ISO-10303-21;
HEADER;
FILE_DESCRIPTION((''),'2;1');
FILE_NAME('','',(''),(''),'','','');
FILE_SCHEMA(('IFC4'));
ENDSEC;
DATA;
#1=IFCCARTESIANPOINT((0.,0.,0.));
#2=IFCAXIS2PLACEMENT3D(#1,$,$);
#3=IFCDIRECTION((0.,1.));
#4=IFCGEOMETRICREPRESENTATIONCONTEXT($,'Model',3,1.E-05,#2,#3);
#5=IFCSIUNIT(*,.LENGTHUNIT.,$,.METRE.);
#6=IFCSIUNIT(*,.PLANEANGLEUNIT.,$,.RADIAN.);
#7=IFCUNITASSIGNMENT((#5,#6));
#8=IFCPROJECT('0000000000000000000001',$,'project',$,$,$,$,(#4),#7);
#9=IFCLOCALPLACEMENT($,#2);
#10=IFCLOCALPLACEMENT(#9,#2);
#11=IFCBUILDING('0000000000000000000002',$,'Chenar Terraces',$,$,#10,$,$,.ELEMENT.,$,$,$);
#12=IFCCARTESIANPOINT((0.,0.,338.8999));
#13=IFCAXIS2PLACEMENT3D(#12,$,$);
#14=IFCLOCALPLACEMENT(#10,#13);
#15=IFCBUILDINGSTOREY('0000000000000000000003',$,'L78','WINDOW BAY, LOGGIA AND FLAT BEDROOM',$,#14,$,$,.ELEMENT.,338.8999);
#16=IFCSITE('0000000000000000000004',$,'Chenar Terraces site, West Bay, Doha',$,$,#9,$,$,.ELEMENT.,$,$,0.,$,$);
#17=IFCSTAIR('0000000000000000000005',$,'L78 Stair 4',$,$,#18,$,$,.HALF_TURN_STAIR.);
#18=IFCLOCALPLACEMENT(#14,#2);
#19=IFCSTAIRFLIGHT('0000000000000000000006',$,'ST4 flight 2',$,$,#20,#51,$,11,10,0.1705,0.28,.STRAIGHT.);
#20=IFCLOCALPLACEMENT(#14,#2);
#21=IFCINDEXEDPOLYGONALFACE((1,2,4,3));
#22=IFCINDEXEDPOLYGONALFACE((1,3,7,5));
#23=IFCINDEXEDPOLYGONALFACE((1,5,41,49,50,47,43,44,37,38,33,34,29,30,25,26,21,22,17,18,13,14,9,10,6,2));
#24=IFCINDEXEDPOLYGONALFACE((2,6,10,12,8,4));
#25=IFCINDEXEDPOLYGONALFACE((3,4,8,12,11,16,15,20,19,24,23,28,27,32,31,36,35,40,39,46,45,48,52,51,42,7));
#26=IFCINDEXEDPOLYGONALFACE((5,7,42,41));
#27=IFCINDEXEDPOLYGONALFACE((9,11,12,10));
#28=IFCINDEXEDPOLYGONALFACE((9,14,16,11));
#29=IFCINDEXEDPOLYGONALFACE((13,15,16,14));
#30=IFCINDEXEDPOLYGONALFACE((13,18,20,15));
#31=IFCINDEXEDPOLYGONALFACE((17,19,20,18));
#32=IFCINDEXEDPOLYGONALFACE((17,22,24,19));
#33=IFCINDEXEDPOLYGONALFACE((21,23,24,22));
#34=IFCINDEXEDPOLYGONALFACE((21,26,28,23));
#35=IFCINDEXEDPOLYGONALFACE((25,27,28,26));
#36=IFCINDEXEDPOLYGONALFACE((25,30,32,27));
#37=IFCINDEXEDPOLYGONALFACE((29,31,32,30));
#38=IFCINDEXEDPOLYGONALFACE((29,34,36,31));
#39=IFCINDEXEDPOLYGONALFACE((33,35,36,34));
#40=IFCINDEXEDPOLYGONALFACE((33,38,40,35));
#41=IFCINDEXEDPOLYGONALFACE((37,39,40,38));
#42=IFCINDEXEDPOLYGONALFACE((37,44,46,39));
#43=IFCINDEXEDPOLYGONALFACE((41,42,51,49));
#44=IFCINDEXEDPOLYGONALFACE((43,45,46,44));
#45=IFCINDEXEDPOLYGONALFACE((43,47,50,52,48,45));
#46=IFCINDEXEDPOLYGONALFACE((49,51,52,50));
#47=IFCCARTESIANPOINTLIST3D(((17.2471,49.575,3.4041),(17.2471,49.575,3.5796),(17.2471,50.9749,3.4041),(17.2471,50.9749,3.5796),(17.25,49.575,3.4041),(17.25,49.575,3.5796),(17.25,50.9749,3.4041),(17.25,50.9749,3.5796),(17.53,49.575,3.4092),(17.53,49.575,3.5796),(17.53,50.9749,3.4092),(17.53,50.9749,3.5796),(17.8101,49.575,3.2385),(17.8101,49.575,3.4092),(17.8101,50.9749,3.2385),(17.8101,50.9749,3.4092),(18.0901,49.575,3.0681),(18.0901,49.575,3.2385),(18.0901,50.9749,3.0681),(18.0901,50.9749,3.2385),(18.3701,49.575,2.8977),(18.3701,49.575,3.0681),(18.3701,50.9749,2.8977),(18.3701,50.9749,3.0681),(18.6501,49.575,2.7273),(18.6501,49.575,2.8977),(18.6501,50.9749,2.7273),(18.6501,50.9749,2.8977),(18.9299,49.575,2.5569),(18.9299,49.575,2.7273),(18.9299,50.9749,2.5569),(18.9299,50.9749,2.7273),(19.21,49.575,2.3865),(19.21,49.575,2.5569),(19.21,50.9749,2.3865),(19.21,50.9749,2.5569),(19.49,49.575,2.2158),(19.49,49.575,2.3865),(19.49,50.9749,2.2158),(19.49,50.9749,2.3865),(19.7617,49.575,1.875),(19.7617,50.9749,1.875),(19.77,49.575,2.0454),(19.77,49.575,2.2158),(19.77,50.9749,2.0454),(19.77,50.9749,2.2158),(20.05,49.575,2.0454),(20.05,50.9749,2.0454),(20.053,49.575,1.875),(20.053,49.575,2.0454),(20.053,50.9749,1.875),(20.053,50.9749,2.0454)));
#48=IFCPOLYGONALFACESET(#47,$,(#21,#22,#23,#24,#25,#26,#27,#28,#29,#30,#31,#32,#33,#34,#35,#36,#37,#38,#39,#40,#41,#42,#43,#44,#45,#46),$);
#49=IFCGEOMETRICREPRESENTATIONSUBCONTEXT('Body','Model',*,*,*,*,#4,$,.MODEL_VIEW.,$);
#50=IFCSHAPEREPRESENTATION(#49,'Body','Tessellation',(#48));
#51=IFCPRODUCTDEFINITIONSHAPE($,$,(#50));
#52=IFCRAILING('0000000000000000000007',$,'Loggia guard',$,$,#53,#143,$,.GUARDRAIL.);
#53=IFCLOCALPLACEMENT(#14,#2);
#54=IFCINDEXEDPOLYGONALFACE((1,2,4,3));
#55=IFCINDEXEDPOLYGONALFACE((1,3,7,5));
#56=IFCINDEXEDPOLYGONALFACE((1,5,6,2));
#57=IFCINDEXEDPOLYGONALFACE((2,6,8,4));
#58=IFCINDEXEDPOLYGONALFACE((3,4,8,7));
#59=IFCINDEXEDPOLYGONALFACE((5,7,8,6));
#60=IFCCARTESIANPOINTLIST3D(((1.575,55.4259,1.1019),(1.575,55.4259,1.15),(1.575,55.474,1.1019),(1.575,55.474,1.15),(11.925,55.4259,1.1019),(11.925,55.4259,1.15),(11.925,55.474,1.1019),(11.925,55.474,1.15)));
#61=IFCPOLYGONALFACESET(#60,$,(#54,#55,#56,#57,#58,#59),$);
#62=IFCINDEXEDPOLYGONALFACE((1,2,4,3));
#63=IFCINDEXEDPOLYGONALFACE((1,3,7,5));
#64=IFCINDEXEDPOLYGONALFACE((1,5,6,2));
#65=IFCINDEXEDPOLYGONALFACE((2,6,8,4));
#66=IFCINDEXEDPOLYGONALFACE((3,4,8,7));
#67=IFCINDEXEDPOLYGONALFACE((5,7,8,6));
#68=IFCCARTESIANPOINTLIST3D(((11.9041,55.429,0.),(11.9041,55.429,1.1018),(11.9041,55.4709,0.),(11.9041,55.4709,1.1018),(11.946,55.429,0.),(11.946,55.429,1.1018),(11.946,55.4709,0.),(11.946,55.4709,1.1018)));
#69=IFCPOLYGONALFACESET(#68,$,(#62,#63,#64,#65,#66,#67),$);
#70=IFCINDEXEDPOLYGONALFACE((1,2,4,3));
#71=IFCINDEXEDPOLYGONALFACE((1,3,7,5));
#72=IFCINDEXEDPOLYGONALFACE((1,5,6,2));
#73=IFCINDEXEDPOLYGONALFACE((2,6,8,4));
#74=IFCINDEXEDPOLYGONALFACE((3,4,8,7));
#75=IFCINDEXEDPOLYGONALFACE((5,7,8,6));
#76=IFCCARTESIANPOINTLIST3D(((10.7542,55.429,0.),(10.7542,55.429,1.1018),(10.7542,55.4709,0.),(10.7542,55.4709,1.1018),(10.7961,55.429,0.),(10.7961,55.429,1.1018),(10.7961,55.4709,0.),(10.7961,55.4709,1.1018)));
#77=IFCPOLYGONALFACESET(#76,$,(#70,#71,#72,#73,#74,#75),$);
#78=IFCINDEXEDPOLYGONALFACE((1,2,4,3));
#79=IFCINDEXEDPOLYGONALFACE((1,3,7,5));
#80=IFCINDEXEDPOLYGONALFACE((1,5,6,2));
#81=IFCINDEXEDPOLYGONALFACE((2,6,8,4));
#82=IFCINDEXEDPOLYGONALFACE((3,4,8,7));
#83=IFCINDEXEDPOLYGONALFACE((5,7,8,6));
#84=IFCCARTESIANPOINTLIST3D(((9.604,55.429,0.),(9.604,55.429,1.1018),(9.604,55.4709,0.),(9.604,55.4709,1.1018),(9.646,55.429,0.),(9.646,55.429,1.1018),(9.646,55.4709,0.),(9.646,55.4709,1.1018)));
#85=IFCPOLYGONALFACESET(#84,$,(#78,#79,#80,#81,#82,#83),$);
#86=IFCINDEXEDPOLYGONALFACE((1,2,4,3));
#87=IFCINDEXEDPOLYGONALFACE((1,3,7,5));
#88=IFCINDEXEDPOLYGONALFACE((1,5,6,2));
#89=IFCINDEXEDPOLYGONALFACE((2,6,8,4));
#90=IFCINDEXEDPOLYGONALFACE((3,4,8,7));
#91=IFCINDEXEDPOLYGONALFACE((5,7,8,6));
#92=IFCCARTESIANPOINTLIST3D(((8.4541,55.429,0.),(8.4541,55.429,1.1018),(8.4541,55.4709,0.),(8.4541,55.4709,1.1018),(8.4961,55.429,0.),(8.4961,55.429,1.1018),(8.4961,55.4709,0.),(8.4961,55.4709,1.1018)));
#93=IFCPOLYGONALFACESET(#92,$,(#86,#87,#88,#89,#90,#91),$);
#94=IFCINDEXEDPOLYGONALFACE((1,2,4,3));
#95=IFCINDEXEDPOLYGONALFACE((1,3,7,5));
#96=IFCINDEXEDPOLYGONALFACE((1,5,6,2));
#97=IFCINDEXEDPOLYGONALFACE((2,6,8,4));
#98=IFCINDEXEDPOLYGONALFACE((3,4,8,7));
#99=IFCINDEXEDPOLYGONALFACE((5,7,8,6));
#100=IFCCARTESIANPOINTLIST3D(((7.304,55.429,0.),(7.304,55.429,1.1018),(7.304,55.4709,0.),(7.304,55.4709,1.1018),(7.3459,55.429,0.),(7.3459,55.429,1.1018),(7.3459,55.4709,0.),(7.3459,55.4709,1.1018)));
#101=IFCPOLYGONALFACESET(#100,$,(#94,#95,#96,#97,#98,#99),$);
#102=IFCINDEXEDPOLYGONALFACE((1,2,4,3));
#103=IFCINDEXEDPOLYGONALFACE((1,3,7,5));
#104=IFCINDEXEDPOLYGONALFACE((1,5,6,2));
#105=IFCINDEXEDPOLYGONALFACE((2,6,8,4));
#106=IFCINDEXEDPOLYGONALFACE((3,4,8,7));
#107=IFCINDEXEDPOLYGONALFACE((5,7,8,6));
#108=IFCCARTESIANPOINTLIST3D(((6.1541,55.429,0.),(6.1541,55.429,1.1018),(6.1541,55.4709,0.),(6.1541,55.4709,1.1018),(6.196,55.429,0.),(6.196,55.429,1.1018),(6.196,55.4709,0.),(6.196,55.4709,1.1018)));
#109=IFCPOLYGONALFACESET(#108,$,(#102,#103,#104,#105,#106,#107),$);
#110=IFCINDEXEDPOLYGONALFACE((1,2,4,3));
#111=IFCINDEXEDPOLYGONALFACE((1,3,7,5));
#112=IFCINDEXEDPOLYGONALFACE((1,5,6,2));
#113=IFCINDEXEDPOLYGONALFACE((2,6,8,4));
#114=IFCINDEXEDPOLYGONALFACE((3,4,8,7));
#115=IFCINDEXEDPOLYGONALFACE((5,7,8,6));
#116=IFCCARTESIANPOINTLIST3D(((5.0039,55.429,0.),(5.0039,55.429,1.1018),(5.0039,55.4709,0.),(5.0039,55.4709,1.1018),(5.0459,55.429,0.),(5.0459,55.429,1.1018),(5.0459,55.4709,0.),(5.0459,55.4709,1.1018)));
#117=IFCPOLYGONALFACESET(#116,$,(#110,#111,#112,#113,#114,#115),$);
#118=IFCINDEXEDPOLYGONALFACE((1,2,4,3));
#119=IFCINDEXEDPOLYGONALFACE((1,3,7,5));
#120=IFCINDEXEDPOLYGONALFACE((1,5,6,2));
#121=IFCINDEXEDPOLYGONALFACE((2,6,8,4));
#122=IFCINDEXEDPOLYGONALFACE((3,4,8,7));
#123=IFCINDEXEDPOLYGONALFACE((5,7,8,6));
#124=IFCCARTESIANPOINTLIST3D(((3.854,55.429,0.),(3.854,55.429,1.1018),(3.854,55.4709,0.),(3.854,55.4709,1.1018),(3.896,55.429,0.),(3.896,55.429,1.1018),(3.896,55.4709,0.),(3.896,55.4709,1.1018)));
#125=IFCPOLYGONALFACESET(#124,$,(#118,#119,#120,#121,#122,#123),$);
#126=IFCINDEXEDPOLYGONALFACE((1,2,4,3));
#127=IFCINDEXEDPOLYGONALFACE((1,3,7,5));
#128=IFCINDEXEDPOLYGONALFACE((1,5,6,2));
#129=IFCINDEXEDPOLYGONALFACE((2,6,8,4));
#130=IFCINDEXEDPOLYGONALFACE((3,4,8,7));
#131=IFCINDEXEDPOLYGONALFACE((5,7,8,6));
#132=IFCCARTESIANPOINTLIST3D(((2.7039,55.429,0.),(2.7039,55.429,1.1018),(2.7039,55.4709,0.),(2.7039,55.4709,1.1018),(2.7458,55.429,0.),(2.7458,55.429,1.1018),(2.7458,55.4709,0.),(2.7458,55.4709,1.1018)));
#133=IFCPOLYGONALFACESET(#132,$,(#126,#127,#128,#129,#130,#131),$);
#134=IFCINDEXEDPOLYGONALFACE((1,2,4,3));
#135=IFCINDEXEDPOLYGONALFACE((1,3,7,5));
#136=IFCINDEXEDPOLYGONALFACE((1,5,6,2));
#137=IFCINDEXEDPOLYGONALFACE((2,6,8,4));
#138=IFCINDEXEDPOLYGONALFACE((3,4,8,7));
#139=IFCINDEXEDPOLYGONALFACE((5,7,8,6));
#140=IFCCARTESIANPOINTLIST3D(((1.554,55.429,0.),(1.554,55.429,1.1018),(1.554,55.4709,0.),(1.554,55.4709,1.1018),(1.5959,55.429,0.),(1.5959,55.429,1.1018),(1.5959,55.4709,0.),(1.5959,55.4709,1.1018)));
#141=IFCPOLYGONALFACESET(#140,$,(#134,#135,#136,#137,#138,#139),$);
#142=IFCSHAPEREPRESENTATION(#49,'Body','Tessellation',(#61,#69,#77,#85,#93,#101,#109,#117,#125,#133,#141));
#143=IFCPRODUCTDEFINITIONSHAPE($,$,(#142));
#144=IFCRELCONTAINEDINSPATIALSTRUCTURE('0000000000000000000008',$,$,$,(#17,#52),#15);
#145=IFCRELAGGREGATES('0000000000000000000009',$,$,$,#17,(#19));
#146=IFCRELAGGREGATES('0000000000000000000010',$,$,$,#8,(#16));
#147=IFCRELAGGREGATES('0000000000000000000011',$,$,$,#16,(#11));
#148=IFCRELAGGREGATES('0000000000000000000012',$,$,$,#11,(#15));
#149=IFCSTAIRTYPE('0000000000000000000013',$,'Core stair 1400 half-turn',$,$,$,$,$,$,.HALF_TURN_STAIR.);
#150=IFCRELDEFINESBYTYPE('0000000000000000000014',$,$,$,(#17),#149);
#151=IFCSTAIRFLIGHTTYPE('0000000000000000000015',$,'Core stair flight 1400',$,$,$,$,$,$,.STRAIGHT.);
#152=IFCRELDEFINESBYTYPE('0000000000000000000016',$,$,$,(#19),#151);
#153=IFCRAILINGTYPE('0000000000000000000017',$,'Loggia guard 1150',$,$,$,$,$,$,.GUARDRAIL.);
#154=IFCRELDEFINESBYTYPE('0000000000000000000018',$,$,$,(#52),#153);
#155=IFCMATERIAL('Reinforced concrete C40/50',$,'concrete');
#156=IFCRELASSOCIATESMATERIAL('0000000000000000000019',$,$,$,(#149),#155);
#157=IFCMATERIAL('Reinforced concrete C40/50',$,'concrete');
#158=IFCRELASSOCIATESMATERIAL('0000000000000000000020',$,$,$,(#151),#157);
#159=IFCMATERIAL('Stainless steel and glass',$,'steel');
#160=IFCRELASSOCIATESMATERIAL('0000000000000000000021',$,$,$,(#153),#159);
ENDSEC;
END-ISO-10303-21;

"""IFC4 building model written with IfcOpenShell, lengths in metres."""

from ifc_helpers import new_model, si_unit, direction, frame, origin, origin_2d, place, context, subcontext, project, spatial, polyline, rectangle, outline, extrude, material, type_object, element, aggregate, save


model = new_model("IFC4")

# Units and contexts
model_context = context("Model", 3, precision=1e-05, world=origin(), true_north=direction((0.0, 1.0)))
body_context = subcontext(model_context, "Body", "Model", "MODEL_VIEW")
ifc_project = project(units=[si_unit("LENGTHUNIT", "METRE"), si_unit("PLANEANGLEUNIT", "RADIAN")], contexts=[model_context])

# Site, building, storey
site_placement = place(None, origin())
site = spatial("IfcSite", under=ifc_project, at=site_placement, Name="Chenar Terraces site, West Bay, Doha", CompositionType="ELEMENT", RefElevation=0.0)
building_placement = place(site_placement, origin())
building = spatial("IfcBuilding", under=site, at=building_placement, Name="Chenar Terraces", CompositionType="ELEMENT")
storey_placement = place(building_placement, frame((0.0, 0.0, 338.8999)))
storey = spatial("IfcBuildingStorey", under=building, at=storey_placement, Name="L78", Description="WINDOW BAY, LOGGIA AND FLAT BEDROOM", CompositionType="ELEMENT", Elevation=338.8999)

# Stair, stair flight
ifc_material_1 = material(Name="Reinforced concrete C40/50", Category="concrete")
stair_type = type_object("IfcStairType", Name="Core stair 1400 half-turn", PredefinedType="HALF_TURN_STAIR", material=ifc_material_1)
stair_placement = place(storey_placement, origin())
stair = element("IfcStair", 1, at=stair_placement, inside=storey, type_object=stair_type, Name="L78 Stair 4", PredefinedType="HALF_TURN_STAIR")
ifc_material_2 = material(Name="Reinforced concrete C40/50", Category="concrete")
stair_flight_type = type_object("IfcStairFlightType", Name="Core stair flight 1400", PredefinedType="STRAIGHT", material=ifc_material_2)
stair_flight_1_placement = place(storey_placement, frame((20.05, 50.2749, 1.875), z_axis=(0.0, 0.0, 1.0), x_axis=(-1.0, 0.0, 0.0)))
stair_flight_1 = element("IfcStairFlight", 2, at=stair_flight_1_placement, type_object=stair_flight_type, Name="ST4 flight 2", NumberOfRisers=11, NumberOfTreads=10, PredefinedType="STRAIGHT", RiserHeight=0.1705, TreadLength=0.28, context=body_context, shape_type="SweptSolid", body=[
    extrude(outline(polyline([(-0.0029, 0.0), (-0.0029, 0.1704), (0.0, 0.1704), (0.28, 0.1704), (0.28, 0.3408), (0.5601, 0.3408), (0.5601, 0.5115), (0.8401, 0.5115), (0.8401, 0.6819), (1.1201, 0.6819), (1.1201, 0.8523), (1.3999, 0.8523), (1.3999, 1.0227), (1.6799, 1.0227), (1.6799, 1.1931), (1.96, 1.1931), (1.96, 1.3635), (2.24, 1.3635), (2.24, 1.5342), (2.52, 1.5342), (2.52, 1.7046), (2.8, 1.7046), (2.803, 1.7046), (2.803, 1.5291), (2.8, 1.5291), (0.2883, 0.0), (-0.0029, 0.0)])), frame((0.0, 0.7, 0.0), z_axis=(0.0, -1.0, 0.0), x_axis=(1.0, 0.0, 0.0)), (0.0, 0.0, 1.0), 1.3999),
])
aggregate(stair, [stair_flight_1])

# Railing
ifc_material_3 = material(Name="Stainless steel and glass", Category="steel")
railing_type_1 = type_object("IfcRailingType", Name="Loggia guard 1150", PredefinedType="GUARDRAIL", material=ifc_material_3)
railing_1_placement = place(storey_placement, frame((11.925, 55.45, 0.0)))
element("IfcRailing", 3, at=railing_1_placement, inside=storey, type_object=railing_type_1, Name="Loggia guard", PredefinedType="GUARDRAIL", context=body_context, shape_type="SweptSolid", body=[
    extrude(rectangle(XDim=0.0481, YDim=0.0481, at=origin_2d()), frame((0.0, 0.0, 1.126), z_axis=(-1.0, 0.0, 0.0), x_axis=(0.0, -1.0, 0.0)), (0.0, 0.0, 1.0), 10.3501),
    extrude(rectangle(XDim=0.042, YDim=0.042, at=origin_2d()), origin(), (0.0, 0.0, 1.0), 1.1018),
    extrude(rectangle(XDim=0.042, YDim=0.042, at=origin_2d()), frame((-1.1499, 0.0, 0.0)), (0.0, 0.0, 1.0), 1.1018),
    extrude(rectangle(XDim=0.042, YDim=0.042, at=origin_2d()), frame((-2.3, 0.0, 0.0)), (0.0, 0.0, 1.0), 1.1018),
    extrude(rectangle(XDim=0.042, YDim=0.042, at=origin_2d()), frame((-3.45, 0.0, 0.0)), (0.0, 0.0, 1.0), 1.1018),
    extrude(rectangle(XDim=0.042, YDim=0.042, at=origin_2d()), frame((-4.6001, 0.0, 0.0)), (0.0, 0.0, 1.0), 1.1018),
    extrude(rectangle(XDim=0.042, YDim=0.042, at=origin_2d()), frame((-5.75, 0.0, 0.0)), (0.0, 0.0, 1.0), 1.1018),
    extrude(rectangle(XDim=0.042, YDim=0.042, at=origin_2d()), frame((-6.9001, 0.0, 0.0)), (0.0, 0.0, 1.0), 1.1018),
    extrude(rectangle(XDim=0.042, YDim=0.042, at=origin_2d()), frame((-8.05, 0.0, 0.0)), (0.0, 0.0, 1.0), 1.1018),
    extrude(rectangle(XDim=0.042, YDim=0.042, at=origin_2d()), frame((-9.2002, 0.0, 0.0)), (0.0, 0.0, 1.0), 1.1018),
    extrude(rectangle(XDim=0.042, YDim=0.042, at=origin_2d()), frame((-10.3501, 0.0, 0.0)), (0.0, 0.0, 1.0), 1.1018),
])

save(model, "model.ifc")
